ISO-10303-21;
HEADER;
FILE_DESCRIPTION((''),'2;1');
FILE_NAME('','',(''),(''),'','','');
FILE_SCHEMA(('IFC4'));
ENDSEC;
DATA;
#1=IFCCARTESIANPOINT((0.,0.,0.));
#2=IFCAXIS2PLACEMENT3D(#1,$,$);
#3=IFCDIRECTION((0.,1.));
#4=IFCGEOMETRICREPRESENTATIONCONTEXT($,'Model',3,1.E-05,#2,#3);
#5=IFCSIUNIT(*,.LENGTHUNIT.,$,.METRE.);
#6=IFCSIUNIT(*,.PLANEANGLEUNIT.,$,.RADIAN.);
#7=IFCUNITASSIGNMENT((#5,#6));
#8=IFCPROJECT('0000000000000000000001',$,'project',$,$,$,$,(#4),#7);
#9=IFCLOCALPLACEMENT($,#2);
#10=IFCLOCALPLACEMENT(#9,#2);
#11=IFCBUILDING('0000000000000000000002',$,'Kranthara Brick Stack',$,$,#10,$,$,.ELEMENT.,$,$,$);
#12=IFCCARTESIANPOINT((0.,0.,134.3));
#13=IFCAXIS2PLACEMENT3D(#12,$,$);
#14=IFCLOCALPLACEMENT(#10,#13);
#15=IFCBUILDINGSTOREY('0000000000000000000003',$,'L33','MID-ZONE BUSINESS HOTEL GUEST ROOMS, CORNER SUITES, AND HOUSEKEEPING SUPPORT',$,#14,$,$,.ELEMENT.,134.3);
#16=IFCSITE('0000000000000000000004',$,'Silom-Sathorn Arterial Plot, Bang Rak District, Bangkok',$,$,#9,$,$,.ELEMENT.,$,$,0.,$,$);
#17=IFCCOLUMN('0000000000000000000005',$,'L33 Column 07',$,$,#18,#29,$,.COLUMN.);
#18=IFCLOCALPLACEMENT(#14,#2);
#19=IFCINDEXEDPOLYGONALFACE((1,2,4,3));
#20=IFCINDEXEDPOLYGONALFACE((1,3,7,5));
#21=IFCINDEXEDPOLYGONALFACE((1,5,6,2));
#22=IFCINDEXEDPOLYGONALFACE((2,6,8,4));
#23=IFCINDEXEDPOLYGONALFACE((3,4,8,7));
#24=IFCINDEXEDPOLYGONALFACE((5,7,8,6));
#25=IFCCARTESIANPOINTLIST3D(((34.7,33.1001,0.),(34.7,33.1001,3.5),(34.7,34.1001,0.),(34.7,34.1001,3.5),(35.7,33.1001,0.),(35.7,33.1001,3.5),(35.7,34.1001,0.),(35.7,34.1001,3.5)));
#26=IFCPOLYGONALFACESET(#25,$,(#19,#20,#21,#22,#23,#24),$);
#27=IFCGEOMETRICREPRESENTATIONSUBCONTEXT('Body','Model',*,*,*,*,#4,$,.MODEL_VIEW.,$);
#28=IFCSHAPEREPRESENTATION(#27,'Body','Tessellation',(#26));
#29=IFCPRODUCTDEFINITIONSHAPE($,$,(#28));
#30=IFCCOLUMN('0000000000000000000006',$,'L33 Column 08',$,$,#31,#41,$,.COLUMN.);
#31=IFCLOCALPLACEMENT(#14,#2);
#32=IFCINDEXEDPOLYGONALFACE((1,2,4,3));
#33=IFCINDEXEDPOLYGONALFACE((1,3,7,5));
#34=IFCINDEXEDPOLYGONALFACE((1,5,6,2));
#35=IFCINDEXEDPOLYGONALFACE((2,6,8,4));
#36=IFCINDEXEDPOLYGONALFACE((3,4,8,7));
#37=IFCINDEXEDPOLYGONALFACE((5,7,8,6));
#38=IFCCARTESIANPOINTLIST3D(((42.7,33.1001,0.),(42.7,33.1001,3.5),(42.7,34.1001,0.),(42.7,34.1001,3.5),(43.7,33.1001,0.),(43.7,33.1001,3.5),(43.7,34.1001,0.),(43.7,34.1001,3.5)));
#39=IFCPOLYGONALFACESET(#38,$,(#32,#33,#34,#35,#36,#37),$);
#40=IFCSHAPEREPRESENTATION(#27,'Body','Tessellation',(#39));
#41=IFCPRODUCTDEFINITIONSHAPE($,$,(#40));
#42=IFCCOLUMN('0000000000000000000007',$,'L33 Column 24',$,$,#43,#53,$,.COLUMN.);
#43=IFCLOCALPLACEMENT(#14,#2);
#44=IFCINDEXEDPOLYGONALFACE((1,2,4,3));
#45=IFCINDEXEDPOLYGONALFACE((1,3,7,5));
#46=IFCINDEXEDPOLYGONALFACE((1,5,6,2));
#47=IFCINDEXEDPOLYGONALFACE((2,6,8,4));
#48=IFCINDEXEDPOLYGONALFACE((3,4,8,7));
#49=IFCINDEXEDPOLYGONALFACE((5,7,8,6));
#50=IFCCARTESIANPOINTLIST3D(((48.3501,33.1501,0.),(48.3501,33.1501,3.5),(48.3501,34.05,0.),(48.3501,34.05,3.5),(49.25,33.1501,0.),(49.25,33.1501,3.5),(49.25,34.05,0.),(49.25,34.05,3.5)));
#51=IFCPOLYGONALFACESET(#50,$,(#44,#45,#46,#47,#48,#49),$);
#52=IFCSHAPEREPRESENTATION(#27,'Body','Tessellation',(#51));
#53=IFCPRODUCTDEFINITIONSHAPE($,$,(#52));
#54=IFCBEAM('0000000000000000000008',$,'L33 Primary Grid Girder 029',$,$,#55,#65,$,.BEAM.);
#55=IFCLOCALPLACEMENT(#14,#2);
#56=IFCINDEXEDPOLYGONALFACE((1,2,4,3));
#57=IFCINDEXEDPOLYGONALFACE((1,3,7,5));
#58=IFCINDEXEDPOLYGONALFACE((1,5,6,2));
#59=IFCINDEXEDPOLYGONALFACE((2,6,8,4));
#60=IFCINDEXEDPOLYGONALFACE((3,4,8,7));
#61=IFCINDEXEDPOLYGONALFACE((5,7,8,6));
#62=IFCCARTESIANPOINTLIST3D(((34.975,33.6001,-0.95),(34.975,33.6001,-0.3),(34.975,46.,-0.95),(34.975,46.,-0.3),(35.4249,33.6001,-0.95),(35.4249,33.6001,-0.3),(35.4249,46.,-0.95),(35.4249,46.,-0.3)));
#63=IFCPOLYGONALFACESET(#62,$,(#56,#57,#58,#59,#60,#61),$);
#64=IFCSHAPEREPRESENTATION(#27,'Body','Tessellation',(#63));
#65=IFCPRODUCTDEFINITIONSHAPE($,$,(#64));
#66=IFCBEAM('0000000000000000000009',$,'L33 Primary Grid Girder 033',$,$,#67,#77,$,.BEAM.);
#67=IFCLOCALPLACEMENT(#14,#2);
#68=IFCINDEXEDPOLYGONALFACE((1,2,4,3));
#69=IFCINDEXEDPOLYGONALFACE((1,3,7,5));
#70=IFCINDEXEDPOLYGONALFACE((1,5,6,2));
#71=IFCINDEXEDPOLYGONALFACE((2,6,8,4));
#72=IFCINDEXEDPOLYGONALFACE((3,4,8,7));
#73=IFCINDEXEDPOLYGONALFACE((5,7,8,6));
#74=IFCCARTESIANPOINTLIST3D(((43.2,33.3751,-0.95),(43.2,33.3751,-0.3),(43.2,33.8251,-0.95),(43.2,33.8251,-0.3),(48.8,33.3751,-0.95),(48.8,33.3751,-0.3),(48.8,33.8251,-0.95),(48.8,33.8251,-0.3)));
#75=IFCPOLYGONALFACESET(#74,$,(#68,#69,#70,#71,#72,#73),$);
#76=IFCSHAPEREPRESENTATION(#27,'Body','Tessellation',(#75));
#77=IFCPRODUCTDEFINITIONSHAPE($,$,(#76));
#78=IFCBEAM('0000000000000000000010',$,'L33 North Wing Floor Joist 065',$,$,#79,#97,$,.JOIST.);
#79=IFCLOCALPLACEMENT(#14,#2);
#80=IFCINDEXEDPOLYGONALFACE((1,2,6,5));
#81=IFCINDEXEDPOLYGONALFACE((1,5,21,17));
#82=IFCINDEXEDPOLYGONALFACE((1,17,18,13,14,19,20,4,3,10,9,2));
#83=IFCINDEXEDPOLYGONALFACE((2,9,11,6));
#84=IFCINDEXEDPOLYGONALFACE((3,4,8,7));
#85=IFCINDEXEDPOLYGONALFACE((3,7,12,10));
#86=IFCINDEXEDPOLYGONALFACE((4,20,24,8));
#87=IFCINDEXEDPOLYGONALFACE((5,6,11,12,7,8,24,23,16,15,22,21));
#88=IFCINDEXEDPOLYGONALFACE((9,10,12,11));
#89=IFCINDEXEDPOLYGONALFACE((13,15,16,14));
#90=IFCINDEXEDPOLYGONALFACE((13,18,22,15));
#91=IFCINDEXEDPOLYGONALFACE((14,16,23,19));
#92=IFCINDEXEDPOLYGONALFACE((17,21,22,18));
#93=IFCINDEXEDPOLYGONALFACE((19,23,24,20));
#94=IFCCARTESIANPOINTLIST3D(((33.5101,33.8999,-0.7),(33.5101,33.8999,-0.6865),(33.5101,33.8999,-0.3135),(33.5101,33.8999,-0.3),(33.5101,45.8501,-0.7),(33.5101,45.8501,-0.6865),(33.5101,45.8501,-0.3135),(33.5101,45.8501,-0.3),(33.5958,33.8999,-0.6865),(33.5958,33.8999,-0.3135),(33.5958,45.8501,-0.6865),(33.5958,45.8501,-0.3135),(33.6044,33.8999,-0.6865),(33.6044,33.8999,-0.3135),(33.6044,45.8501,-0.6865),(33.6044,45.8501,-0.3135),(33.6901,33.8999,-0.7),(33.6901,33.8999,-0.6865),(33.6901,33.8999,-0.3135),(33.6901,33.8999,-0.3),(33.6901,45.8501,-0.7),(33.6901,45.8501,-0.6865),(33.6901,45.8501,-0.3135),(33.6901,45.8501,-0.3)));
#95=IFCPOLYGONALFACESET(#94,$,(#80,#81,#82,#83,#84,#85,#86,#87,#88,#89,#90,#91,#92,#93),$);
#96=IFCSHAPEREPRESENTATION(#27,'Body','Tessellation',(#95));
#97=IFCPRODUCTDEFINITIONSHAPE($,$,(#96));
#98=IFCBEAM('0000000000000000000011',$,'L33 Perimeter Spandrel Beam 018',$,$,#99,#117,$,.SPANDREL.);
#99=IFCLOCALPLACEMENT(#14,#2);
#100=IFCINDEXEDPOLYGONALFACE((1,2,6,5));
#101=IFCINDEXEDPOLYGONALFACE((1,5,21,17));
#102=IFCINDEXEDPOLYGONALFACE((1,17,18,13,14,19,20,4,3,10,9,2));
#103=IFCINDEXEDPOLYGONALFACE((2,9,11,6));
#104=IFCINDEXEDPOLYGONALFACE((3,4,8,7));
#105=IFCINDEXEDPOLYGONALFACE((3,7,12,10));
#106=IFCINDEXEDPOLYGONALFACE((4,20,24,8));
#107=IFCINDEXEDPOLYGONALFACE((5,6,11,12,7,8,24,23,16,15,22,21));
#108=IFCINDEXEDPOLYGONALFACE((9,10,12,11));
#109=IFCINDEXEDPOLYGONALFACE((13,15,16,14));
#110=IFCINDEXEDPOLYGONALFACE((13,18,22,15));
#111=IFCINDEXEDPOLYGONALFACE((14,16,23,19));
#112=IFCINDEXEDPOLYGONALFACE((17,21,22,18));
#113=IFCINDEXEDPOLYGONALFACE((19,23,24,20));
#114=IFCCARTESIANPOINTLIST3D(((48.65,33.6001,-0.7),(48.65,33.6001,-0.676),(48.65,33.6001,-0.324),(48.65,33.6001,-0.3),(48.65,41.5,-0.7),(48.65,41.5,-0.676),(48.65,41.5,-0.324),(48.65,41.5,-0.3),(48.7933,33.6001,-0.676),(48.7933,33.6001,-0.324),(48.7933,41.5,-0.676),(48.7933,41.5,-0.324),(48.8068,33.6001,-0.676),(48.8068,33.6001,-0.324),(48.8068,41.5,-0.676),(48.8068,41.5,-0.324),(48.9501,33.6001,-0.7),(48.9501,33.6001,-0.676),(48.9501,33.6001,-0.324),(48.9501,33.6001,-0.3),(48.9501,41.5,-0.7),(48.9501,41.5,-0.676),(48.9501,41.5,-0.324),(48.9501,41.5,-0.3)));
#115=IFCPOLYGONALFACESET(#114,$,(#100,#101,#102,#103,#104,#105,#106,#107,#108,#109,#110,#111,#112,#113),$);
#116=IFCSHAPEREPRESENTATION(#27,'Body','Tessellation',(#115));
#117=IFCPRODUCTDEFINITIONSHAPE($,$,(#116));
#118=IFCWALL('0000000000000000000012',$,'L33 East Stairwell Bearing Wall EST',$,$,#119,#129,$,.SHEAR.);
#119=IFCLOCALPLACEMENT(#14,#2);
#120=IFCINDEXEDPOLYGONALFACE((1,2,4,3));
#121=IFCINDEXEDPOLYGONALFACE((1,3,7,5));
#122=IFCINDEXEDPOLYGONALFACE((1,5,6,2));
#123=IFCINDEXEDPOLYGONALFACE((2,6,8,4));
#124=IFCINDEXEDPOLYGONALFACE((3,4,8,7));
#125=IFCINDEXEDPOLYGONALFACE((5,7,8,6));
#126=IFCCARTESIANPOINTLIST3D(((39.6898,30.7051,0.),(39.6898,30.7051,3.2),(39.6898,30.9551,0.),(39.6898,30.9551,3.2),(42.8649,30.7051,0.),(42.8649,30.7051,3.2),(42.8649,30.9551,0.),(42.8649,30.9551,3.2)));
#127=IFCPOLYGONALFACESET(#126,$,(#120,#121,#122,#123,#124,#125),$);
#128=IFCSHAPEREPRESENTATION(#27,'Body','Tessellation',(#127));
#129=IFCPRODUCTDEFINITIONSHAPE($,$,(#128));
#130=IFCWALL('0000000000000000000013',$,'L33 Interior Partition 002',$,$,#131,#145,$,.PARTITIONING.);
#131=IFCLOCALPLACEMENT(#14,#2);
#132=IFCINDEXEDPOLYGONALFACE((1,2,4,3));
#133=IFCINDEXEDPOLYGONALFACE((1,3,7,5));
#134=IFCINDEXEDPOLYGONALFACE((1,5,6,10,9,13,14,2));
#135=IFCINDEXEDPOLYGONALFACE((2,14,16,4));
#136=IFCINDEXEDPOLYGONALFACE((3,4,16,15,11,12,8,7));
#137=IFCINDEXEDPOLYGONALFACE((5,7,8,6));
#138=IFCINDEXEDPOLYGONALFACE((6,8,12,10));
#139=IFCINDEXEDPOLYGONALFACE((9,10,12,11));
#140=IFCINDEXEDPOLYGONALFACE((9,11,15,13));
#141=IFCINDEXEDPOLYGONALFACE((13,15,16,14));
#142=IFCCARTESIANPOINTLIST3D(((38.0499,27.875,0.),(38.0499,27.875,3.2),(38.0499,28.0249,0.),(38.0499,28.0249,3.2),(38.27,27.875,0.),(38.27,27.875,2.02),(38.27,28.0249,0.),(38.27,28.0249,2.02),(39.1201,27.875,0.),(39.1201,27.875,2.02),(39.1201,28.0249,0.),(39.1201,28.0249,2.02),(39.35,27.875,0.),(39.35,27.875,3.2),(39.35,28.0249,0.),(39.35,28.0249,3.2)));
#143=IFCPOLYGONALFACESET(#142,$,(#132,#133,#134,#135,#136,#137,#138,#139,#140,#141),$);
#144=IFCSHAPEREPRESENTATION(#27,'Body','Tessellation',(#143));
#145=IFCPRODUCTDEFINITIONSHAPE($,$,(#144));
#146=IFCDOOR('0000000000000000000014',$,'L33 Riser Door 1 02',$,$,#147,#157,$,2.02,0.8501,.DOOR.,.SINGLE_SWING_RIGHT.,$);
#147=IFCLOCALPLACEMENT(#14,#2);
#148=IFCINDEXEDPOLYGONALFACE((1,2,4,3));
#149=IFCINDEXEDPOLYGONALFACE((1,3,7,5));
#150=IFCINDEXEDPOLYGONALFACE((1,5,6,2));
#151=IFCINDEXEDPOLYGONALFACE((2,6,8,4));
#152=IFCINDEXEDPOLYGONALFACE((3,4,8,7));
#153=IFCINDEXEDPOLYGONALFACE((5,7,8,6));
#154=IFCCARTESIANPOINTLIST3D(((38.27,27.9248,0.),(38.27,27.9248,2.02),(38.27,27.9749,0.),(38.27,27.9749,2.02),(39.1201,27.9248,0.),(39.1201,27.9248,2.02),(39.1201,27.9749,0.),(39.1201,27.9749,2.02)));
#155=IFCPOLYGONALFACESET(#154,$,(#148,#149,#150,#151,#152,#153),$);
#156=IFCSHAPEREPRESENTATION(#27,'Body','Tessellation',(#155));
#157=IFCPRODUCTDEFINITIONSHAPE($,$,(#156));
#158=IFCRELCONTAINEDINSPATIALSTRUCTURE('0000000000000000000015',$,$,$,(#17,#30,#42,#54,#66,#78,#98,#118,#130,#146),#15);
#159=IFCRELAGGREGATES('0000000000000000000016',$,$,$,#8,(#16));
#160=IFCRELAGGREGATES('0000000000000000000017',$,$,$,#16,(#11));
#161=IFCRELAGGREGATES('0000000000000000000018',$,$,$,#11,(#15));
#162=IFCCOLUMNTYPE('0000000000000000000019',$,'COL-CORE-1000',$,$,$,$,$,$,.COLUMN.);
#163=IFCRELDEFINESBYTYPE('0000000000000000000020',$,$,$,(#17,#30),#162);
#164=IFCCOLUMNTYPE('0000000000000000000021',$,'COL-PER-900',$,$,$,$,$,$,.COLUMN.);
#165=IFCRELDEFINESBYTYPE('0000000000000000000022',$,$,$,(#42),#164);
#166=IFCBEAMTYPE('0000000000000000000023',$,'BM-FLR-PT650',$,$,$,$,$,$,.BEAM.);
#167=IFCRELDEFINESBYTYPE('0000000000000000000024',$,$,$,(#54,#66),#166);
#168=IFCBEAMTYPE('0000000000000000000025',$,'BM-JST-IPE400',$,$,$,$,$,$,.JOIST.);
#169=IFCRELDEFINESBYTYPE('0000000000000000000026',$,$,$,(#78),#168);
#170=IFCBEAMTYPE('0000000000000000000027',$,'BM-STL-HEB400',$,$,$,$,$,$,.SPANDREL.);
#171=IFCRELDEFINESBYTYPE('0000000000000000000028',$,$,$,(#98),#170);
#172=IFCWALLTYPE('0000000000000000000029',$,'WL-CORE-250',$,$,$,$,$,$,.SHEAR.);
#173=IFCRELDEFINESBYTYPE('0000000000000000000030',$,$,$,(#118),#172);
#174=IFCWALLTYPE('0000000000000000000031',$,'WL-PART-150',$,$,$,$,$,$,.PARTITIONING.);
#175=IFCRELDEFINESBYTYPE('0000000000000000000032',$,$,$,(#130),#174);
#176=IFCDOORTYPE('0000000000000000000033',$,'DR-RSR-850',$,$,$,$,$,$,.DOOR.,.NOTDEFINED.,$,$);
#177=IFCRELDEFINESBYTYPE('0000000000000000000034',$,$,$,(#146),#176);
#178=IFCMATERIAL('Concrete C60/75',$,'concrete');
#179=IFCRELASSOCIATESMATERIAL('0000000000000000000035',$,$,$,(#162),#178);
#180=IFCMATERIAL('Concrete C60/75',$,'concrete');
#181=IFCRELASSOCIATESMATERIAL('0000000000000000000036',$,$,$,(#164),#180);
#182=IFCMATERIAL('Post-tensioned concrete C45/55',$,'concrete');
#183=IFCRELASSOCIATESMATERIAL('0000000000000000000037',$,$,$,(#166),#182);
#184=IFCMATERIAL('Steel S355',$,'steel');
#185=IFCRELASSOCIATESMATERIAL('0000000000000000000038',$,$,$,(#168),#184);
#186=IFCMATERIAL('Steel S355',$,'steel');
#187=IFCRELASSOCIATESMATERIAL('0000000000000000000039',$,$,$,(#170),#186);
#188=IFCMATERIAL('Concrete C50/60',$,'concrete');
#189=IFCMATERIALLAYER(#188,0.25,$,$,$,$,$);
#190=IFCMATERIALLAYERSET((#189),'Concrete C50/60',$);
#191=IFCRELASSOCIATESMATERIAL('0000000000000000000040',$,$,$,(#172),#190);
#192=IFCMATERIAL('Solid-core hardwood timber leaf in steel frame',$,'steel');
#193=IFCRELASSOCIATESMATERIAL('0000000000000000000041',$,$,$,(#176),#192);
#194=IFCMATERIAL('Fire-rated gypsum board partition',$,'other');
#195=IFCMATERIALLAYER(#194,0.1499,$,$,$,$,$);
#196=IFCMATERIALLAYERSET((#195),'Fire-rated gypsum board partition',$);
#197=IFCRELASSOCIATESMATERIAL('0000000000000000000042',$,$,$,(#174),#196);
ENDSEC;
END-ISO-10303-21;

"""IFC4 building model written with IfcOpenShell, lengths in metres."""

from ifc_helpers import new_model, si_unit, direction, frame, frame_2d, origin, origin_2d, place, context, subcontext, project, spatial, rectangle, i_section, extrude, material, layer, layer_set, material_profile, profile_set, type_object, element, fill, save


model = new_model("IFC4")

# Units and contexts
model_context = context("Model", 3, precision=1e-05, world=origin(), true_north=direction((0.0, 1.0)))
body_context = subcontext(model_context, "Body", "Model", "MODEL_VIEW")
ifc_project = project(units=[si_unit("LENGTHUNIT", "METRE"), si_unit("PLANEANGLEUNIT", "RADIAN")], contexts=[model_context])

# Site, building, storey
site_placement = place(None, origin())
site = spatial("IfcSite", under=ifc_project, at=site_placement, Name="Silom-Sathorn Arterial Plot, Bang Rak District, Bangkok", CompositionType="ELEMENT", RefElevation=0.0)
building_placement = place(site_placement, origin())
building = spatial("IfcBuilding", under=site, at=building_placement, Name="Kranthara Brick Stack", CompositionType="ELEMENT")
storey_placement = place(building_placement, frame((0.0, 0.0, 134.3)))
storey = spatial("IfcBuildingStorey", under=building, at=storey_placement, Name="L33", Description="MID-ZONE BUSINESS HOTEL GUEST ROOMS, CORNER SUITES, AND HOUSEKEEPING SUPPORT", CompositionType="ELEMENT", Elevation=134.3)

# Columns
ifc_material_1 = material(Name="Concrete C60/75", Category="concrete")
ifc_material_profile_1 = material_profile(ifc_material_1, rectangle(XDim=1.0, YDim=1.0, at=origin_2d()), Name="RC 1000x1000")
ifc_profile_set_1 = profile_set([ifc_material_profile_1], Name="Concrete C60/75")
column_type_1 = type_object("IfcColumnType", Name="COL-CORE-1000", PredefinedType="COLUMN", material=ifc_profile_set_1)
for number, where, z_axis, x_axis, name in (
    (1, (35.2, 33.6001, 0.0), (0.0, 0.0, 1.0), (1.0, 0.0, 0.0), "L33 Column 07"),
    (2, (43.2, 33.6001, 0.0), (0.0, 0.0, 1.0), (1.0, 0.0, 0.0), "L33 Column 08"),
):
    element("IfcColumn", number, at=place(storey_placement, frame(where, z_axis=z_axis, x_axis=x_axis)), inside=storey, type_object=column_type_1, Name=name, PredefinedType="COLUMN", context=body_context, shape_type="SweptSolid", body=[
        extrude(rectangle(XDim=1.0, YDim=1.0, at=origin_2d()), origin(), (0.0, 0.0, 1.0), 3.5),
    ])
ifc_material_2 = material(Name="Concrete C60/75", Category="concrete")
ifc_material_profile_2 = material_profile(ifc_material_2, rectangle(XDim=0.8999, YDim=0.8999, at=origin_2d()), Name="RC 900x900")
ifc_profile_set_2 = profile_set([ifc_material_profile_2], Name="Concrete C60/75")
column_type_2 = type_object("IfcColumnType", Name="COL-PER-900", PredefinedType="COLUMN", material=ifc_profile_set_2)
column_placement = place(storey_placement, frame((48.8, 33.6001, 0.0), z_axis=(0.0, 0.0, 1.0), x_axis=(1.0, 0.0, 0.0)))
element("IfcColumn", 3, at=column_placement, inside=storey, type_object=column_type_2, Name="L33 Column 24", PredefinedType="COLUMN", context=body_context, shape_type="SweptSolid", body=[
    extrude(rectangle(XDim=0.8999, YDim=0.8999, at=origin_2d()), origin(), (0.0, 0.0, 1.0), 3.5),
])

# Beams
ifc_material_3 = material(Name="Post-tensioned concrete C45/55", Category="concrete")
ifc_material_profile_3 = material_profile(ifc_material_3, rectangle(XDim=0.45, YDim=0.6499, at=origin_2d()), Name="PT 450x650")
ifc_profile_set_3 = profile_set([ifc_material_profile_3], Name="Post-tensioned concrete C45/55")
beam_type_1 = type_object("IfcBeamType", Name="BM-FLR-PT650", PredefinedType="BEAM", material=ifc_profile_set_3)
beam_1_placement = place(storey_placement, frame((35.2, 33.6001, -0.625), z_axis=(0.0, 1.0, 0.0), x_axis=(-1.0, 0.0, 0.0)))
element("IfcBeam", 4, at=beam_1_placement, inside=storey, type_object=beam_type_1, Name="L33 Primary Grid Girder 029", PredefinedType="BEAM", context=body_context, shape_type="SweptSolid", body=[
    extrude(rectangle(XDim=0.45, YDim=0.6499, at=origin_2d()), origin(), (0.0, 0.0, 1.0), 12.3999),
])
beam_2_placement = place(storey_placement, frame((43.2, 33.6001, -0.625), z_axis=(1.0, 0.0, 0.0), x_axis=(0.0, 1.0, 0.0)))
element("IfcBeam", 5, at=beam_2_placement, inside=storey, type_object=beam_type_1, Name="L33 Primary Grid Girder 033", PredefinedType="BEAM", context=body_context, shape_type="SweptSolid", body=[
    extrude(rectangle(XDim=0.45, YDim=0.6499, at=origin_2d()), origin(), (0.0, 0.0, 1.0), 5.6001),
])
ifc_material_4 = material(Name="Steel S355", Category="steel")
ifc_material_profile_4 = material_profile(ifc_material_4, i_section(OverallWidth=0.1799, OverallDepth=0.3999, WebThickness=0.0085, FlangeThickness=0.0134, at=origin_2d()), Name="IPE 400")
ifc_profile_set_4 = profile_set([ifc_material_profile_4], Name="Steel S355")
beam_type_2 = type_object("IfcBeamType", Name="BM-JST-IPE400", PredefinedType="JOIST", material=ifc_profile_set_4)
beam_3_placement = place(storey_placement, frame((33.6001, 33.8999, -0.5), z_axis=(0.0, 1.0, 0.0), x_axis=(-1.0, 0.0, 0.0)))
element("IfcBeam", 6, at=beam_3_placement, inside=storey, type_object=beam_type_2, Name="L33 North Wing Floor Joist 065", PredefinedType="JOIST", context=body_context, shape_type="SweptSolid", body=[
    extrude(i_section(OverallWidth=0.1799, OverallDepth=0.3999, WebThickness=0.0085, FlangeThickness=0.0134, at=origin_2d()), origin(), (0.0, 0.0, 1.0), 11.9502),
])
ifc_material_5 = material(Name="Steel S355", Category="steel")
ifc_material_profile_5 = material_profile(ifc_material_5, i_section(OverallWidth=0.3, OverallDepth=0.3999, WebThickness=0.0134, FlangeThickness=0.0239, at=origin_2d()), Name="HEB 400")
ifc_profile_set_5 = profile_set([ifc_material_profile_5], Name="Steel S355")
beam_type_3 = type_object("IfcBeamType", Name="BM-STL-HEB400", PredefinedType="SPANDREL", material=ifc_profile_set_5)
beam_4_placement = place(storey_placement, frame((48.8, 33.6001, -0.5), z_axis=(0.0, 1.0, 0.0), x_axis=(-1.0, 0.0, 0.0)))
element("IfcBeam", 7, at=beam_4_placement, inside=storey, type_object=beam_type_3, Name="L33 Perimeter Spandrel Beam 018", PredefinedType="SPANDREL", context=body_context, shape_type="SweptSolid", body=[
    extrude(i_section(OverallWidth=0.3, OverallDepth=0.3999, WebThickness=0.0134, FlangeThickness=0.0239, at=origin_2d()), origin(), (0.0, 0.0, 1.0), 7.8999),
])

# Wall
ifc_material_6 = material(Name="Concrete C50/60", Category="concrete")
ifc_layer_1 = layer(ifc_material_6, 0.25)
ifc_layer_set_1 = layer_set([ifc_layer_1], Name="Concrete C50/60")
wall_type_1 = type_object("IfcWallType", Name="WL-CORE-250", PredefinedType="SHEAR", material=ifc_layer_set_1)
wall_1_placement = place(storey_placement, frame((39.6899, 30.8301, 0.0), z_axis=(0.0, 0.0, 1.0), x_axis=(1.0, 0.0, 0.0)))
element("IfcWall", 8, at=wall_1_placement, inside=storey, type_object=wall_type_1, Name="L33 East Stairwell Bearing Wall EST", PredefinedType="SHEAR", context=body_context, shape_type="SweptSolid", body=[
    extrude(rectangle(XDim=3.175, YDim=0.25, at=frame_2d((1.5874, 0.0))), origin(), (0.0, 0.0, 1.0), 3.2),
])

# Shared definitions
ifc_material_7 = material(Name="Solid-core hardwood timber leaf in steel frame", Category="steel")
door_type_1 = type_object("IfcDoorType", Name="DR-RSR-850", OperationType="NOTDEFINED", PredefinedType="DOOR", material=ifc_material_7)

# Wall, opening, door
ifc_material_8 = material(Name="Fire-rated gypsum board partition", Category="other")
ifc_layer_2 = layer(ifc_material_8, 0.1499)
ifc_layer_set_2 = layer_set([ifc_layer_2], Name="Fire-rated gypsum board partition")
wall_type_2 = type_object("IfcWallType", Name="WL-PART-150", PredefinedType="PARTITIONING", material=ifc_layer_set_2)
wall_2_placement = place(storey_placement, frame((38.05, 27.95, 0.0), z_axis=(0.0, 0.0, 1.0), x_axis=(1.0, 0.0, 0.0)))
wall_2 = element("IfcWall", 9, at=wall_2_placement, inside=storey, type_object=wall_type_2, Name="L33 Interior Partition 002", PredefinedType="PARTITIONING", context=body_context, shape_type="SweptSolid", body=[
    extrude(rectangle(XDim=1.3, YDim=0.1499, at=frame_2d((0.6499, 0.0))), origin(), (0.0, 0.0, 1.0), 3.2),
])
opening_1_placement = place(wall_2_placement, frame((0.22, 0.0, 0.0)))
opening_1 = element("IfcOpeningElement", 10, at=opening_1_placement, cuts=wall_2, PredefinedType="OPENING", context=body_context, shape_type="SweptSolid", body=[
    extrude(rectangle(XDim=0.8501, YDim=2.02, at=frame_2d((0.425, 1.01))), frame((0.0, 0.085, 0.0), z_axis=(0.0, -1.0, 0.0), x_axis=(1.0, 0.0, 0.0)), (0.0, 0.0, 1.0), 0.1699),
])
door_1_placement = place(opening_1_placement, origin())
door_1 = element("IfcDoor", 11, at=door_1_placement, inside=storey, type_object=door_type_1, Name="L33 Riser Door 1 02", OperationType="SINGLE_SWING_RIGHT", OverallHeight=2.02, OverallWidth=0.8501, PredefinedType="DOOR", context=body_context, shape_type="SweptSolid", body=[
    extrude(rectangle(XDim=0.8501, YDim=2.02, at=frame_2d((0.425, 1.01))), frame((0.0, 0.0249, 0.0), z_axis=(0.0, -1.0, 0.0), x_axis=(1.0, 0.0, 0.0)), (0.0, 0.0, 1.0), 0.05),
])
fill(opening_1, door_1)

save(model, "model.ifc")
